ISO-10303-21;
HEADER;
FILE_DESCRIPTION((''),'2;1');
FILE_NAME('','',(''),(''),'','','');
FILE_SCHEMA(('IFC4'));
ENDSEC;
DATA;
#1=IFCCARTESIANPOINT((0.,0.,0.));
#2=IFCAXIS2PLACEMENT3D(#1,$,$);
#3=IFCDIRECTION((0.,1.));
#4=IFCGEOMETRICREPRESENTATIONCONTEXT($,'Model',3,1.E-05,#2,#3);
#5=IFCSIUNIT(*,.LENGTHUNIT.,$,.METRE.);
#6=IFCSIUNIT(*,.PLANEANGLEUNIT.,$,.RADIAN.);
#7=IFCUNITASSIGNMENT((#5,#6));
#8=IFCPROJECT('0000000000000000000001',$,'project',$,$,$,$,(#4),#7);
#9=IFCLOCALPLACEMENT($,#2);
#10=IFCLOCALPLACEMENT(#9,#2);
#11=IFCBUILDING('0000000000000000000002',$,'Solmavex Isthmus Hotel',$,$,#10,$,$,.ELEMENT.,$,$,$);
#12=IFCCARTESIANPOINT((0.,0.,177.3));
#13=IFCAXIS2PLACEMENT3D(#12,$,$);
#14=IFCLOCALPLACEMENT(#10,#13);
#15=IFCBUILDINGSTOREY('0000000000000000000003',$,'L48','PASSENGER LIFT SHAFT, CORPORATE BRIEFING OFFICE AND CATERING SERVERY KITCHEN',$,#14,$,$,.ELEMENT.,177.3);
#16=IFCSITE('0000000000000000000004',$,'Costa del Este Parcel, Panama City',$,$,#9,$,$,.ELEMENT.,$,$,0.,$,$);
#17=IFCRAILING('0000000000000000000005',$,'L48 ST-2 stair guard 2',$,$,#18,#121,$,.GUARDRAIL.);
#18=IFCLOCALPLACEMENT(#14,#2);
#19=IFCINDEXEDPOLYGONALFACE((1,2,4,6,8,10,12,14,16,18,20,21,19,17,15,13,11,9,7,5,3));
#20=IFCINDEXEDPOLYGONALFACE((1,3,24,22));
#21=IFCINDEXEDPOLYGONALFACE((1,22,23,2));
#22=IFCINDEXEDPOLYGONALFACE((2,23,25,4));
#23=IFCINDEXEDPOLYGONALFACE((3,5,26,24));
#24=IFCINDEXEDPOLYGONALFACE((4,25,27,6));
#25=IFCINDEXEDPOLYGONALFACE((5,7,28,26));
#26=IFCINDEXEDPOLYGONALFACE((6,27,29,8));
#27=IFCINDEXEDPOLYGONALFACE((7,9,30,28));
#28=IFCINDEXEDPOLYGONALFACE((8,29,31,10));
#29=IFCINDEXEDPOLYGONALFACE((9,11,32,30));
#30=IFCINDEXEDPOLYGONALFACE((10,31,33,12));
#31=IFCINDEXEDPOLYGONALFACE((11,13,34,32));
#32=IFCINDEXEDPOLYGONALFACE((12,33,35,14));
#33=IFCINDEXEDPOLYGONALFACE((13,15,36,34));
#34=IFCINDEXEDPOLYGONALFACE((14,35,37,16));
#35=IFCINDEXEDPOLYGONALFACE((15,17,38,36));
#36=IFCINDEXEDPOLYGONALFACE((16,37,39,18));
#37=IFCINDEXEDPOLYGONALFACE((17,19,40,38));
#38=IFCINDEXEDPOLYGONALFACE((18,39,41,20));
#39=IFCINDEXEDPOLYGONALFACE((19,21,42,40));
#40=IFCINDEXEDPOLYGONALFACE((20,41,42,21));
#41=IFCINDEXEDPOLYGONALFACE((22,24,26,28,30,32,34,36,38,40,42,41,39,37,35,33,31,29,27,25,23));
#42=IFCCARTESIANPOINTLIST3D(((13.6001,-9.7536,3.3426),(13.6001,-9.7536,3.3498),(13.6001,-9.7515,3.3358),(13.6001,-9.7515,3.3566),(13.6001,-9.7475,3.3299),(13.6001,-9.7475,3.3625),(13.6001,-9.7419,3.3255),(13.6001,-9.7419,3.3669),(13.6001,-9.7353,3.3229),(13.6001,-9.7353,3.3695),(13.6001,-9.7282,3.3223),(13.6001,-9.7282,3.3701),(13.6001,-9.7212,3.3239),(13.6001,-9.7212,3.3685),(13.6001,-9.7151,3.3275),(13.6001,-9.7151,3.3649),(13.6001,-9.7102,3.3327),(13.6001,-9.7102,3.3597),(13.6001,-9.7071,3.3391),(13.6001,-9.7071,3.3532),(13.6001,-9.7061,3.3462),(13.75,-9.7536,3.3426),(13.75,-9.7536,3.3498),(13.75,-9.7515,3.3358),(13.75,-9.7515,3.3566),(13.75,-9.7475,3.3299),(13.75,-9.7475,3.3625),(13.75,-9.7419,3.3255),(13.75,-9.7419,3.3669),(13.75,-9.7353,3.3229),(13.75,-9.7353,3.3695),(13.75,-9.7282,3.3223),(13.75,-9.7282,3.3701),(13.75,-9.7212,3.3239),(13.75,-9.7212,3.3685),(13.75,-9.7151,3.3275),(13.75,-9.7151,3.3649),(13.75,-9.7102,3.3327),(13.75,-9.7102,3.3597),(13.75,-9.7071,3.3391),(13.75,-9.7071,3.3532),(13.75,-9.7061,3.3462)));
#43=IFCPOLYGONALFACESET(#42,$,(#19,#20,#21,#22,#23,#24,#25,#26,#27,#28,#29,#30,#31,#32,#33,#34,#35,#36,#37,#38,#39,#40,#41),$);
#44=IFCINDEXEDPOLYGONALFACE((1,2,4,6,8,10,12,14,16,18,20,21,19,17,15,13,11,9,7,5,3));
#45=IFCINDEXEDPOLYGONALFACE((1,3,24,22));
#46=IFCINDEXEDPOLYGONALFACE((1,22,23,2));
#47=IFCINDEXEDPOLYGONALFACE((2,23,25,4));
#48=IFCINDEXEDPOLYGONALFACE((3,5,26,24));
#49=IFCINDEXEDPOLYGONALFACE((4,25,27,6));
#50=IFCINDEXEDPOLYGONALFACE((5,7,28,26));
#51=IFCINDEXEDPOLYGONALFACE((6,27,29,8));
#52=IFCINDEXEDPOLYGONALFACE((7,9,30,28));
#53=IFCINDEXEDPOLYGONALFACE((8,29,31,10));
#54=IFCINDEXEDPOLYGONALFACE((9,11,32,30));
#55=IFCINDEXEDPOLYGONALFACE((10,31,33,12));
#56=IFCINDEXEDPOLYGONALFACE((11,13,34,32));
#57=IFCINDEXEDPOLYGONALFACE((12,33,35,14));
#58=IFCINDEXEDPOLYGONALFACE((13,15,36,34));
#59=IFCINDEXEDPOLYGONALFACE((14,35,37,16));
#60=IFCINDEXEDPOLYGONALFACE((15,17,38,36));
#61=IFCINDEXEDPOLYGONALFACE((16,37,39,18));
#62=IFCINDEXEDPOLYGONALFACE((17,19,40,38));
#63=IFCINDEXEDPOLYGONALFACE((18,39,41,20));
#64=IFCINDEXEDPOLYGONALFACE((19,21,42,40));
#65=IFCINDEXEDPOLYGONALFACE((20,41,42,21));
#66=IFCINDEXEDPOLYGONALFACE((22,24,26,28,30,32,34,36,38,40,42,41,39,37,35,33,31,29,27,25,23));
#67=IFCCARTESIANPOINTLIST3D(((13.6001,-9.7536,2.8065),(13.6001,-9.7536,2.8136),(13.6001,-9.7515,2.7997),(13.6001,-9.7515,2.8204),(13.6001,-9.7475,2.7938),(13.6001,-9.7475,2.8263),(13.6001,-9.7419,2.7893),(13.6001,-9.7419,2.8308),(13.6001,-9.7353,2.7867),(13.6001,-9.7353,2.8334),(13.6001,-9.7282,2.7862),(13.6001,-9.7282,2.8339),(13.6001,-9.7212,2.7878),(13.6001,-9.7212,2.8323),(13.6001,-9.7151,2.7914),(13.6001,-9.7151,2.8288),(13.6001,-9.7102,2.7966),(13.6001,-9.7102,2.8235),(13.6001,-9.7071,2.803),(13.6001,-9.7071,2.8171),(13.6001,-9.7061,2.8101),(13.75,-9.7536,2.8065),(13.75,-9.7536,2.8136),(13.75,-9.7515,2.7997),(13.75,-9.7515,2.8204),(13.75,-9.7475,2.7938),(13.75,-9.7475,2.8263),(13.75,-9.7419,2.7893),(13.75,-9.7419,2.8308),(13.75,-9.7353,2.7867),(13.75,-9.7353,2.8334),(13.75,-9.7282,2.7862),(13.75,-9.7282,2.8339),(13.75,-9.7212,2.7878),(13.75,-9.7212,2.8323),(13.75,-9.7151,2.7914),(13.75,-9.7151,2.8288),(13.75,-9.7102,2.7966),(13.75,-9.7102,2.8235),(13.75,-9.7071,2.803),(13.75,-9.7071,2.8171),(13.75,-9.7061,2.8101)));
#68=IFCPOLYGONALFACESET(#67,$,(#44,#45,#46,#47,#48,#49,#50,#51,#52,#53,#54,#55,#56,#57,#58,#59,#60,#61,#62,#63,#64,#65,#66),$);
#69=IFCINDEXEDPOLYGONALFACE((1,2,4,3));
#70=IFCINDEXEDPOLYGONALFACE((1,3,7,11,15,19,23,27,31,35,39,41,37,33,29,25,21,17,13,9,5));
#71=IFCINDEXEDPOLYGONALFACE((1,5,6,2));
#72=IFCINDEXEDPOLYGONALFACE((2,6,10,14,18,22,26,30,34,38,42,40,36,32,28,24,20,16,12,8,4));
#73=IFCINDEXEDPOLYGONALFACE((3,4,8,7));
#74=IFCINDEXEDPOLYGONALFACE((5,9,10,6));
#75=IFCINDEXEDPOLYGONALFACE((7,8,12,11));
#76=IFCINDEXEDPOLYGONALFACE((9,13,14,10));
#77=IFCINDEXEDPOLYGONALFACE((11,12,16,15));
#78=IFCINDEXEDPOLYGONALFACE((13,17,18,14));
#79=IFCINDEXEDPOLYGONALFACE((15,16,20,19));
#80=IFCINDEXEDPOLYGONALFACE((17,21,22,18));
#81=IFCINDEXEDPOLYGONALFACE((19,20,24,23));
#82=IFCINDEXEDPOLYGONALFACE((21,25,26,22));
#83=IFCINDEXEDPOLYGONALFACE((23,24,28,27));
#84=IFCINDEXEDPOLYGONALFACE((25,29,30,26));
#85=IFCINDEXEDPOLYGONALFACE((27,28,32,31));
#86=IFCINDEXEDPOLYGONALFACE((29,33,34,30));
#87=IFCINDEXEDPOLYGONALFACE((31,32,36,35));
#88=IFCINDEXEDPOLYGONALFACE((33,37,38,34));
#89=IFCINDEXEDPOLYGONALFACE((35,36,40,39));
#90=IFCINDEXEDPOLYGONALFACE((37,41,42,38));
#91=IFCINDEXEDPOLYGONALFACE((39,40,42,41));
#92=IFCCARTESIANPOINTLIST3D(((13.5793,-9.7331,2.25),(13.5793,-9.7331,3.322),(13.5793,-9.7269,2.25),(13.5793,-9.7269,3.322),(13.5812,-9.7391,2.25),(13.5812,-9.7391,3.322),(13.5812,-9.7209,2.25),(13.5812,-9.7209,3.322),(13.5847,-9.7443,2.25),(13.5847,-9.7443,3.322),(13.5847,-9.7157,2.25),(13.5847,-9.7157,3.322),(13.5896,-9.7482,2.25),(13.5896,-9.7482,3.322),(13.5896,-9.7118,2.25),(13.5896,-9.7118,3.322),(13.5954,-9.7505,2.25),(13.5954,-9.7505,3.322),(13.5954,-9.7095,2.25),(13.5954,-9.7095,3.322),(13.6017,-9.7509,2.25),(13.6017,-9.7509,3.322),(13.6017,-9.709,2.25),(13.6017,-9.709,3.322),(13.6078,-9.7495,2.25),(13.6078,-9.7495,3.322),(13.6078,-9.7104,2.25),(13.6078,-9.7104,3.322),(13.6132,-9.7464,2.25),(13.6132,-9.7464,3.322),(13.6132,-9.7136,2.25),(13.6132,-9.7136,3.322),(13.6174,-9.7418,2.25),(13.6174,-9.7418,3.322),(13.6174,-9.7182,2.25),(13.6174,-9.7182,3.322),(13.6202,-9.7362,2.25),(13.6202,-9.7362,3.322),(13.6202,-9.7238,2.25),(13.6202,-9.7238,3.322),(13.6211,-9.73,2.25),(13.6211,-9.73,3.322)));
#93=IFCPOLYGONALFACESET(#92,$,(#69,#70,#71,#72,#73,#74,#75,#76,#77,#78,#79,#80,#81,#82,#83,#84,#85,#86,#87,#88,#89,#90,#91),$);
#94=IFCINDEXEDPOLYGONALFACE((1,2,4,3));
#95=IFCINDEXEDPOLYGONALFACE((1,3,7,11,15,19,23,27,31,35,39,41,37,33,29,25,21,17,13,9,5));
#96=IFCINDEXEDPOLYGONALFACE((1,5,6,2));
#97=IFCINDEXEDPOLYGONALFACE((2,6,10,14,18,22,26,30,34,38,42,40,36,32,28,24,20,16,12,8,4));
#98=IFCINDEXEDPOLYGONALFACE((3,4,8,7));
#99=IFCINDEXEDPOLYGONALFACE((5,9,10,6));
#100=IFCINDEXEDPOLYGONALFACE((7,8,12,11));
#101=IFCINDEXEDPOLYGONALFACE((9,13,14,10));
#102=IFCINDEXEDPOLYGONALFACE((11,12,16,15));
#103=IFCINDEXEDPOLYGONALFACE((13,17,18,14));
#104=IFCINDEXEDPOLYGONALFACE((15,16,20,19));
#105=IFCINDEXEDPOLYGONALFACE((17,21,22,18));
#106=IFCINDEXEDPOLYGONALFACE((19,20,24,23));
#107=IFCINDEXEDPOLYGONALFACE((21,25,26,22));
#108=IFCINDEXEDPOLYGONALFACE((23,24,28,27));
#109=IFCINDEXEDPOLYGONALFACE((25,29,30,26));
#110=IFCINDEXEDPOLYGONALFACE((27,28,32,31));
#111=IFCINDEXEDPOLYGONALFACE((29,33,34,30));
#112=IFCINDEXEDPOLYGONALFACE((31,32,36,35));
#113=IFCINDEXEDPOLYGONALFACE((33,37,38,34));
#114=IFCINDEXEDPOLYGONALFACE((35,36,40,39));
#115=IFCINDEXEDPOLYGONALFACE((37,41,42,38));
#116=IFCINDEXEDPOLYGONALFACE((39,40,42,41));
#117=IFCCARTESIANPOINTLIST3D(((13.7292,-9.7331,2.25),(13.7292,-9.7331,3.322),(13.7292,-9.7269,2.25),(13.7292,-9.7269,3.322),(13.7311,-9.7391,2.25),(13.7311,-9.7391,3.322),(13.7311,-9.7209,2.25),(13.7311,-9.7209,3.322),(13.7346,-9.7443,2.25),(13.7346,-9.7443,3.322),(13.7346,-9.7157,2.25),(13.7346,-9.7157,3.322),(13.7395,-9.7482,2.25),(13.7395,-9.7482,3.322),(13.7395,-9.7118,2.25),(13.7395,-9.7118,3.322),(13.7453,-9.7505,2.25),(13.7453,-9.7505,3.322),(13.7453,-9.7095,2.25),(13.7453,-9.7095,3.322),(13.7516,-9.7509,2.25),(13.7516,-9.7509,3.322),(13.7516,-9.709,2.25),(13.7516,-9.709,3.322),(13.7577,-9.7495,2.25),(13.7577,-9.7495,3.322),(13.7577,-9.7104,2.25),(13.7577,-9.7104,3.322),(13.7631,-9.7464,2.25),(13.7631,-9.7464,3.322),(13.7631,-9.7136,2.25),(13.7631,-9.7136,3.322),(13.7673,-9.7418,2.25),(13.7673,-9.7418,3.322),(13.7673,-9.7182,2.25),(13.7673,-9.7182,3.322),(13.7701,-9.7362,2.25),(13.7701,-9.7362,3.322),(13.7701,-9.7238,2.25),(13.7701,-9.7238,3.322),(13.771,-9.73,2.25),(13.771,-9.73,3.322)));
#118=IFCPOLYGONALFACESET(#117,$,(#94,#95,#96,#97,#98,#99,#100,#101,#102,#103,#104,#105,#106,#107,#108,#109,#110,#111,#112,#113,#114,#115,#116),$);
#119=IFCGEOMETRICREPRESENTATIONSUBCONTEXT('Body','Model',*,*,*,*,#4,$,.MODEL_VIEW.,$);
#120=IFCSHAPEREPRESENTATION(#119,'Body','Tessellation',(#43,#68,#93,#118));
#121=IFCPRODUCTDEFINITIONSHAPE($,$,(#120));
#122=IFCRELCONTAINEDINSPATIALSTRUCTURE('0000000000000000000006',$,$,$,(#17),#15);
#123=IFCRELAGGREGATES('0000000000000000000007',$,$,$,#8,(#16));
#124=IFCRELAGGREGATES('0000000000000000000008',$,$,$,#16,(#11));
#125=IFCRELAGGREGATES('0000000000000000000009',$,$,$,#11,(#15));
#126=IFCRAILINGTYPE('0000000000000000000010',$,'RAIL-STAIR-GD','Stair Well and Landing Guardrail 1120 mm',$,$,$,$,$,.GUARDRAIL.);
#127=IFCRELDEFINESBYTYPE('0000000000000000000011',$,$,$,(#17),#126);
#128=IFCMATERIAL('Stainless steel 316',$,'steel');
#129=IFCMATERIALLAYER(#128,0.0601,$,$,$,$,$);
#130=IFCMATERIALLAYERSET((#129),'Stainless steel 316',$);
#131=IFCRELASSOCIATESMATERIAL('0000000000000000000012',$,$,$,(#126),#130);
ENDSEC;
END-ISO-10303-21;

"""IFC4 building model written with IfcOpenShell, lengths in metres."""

from ifc_helpers import new_model, si_unit, direction, frame, origin, origin_2d, place, context, subcontext, project, spatial, circle, extrude, material, layer, layer_set, type_object, element, save


model = new_model("IFC4")

# Units and contexts
model_context = context("Model", 3, precision=1e-05, world=origin(), true_north=direction((0.0, 1.0)))
body_context = subcontext(model_context, "Body", "Model", "MODEL_VIEW")
ifc_project = project(units=[si_unit("LENGTHUNIT", "METRE"), si_unit("PLANEANGLEUNIT", "RADIAN")], contexts=[model_context])

# Site, building, storey
site_placement = place(None, origin())
site = spatial("IfcSite", under=ifc_project, at=site_placement, Name="Costa del Este Parcel, Panama City", CompositionType="ELEMENT", RefElevation=0.0)
building_placement = place(site_placement, origin())
building = spatial("IfcBuilding", under=site, at=building_placement, Name="Solmavex Isthmus Hotel", CompositionType="ELEMENT")
storey_placement = place(building_placement, frame((0.0, 0.0, 177.3)))
storey = spatial("IfcBuildingStorey", under=building, at=storey_placement, Name="L48", Description="PASSENGER LIFT SHAFT, CORPORATE BRIEFING OFFICE AND CATERING SERVERY KITCHEN", CompositionType="ELEMENT", Elevation=177.3)

# Shared definitions
ifc_material_1 = material(Name="Stainless steel 316", Category="steel")

# Railing
ifc_layer_1 = layer(ifc_material_1, 0.0601)
ifc_layer_set_1 = layer_set([ifc_layer_1], Name="Stainless steel 316")
railing_type_1 = type_object("IfcRailingType", Name="RAIL-STAIR-GD", Description="Stair Well and Landing Guardrail 1120 mm", PredefinedType="GUARDRAIL", material=ifc_layer_set_1)
railing_1_placement = place(storey_placement, frame((13.6001, -9.73, 2.25)))
element("IfcRailing", 1, at=railing_1_placement, inside=storey, type_object=railing_type_1, Name="L48 ST-2 stair guard 2", PredefinedType="GUARDRAIL", context=body_context, shape_type="SweptSolid", body=[
    extrude(circle(Radius=0.0239, at=origin_2d()), frame((0.0, 0.0, 1.0962), z_axis=(1.0, 0.0, 0.0), x_axis=(0.0, 1.0, 0.0)), (0.0, 0.0, 1.0), 0.1499),
    extrude(circle(Radius=0.0239, at=origin_2d()), frame((0.0, 0.0, 0.5601), z_axis=(1.0, 0.0, 0.0), x_axis=(0.0, 1.0, 0.0)), (0.0, 0.0, 1.0), 0.1499),
    extrude(circle(Radius=0.021, at=origin_2d()), origin(), (0.0, 0.0, 1.0), 1.072),
    extrude(circle(Radius=0.021, at=origin_2d()), frame((0.1499, 0.0, 0.0)), (0.0, 0.0, 1.0), 1.072),
])

save(model, "model.ifc")
